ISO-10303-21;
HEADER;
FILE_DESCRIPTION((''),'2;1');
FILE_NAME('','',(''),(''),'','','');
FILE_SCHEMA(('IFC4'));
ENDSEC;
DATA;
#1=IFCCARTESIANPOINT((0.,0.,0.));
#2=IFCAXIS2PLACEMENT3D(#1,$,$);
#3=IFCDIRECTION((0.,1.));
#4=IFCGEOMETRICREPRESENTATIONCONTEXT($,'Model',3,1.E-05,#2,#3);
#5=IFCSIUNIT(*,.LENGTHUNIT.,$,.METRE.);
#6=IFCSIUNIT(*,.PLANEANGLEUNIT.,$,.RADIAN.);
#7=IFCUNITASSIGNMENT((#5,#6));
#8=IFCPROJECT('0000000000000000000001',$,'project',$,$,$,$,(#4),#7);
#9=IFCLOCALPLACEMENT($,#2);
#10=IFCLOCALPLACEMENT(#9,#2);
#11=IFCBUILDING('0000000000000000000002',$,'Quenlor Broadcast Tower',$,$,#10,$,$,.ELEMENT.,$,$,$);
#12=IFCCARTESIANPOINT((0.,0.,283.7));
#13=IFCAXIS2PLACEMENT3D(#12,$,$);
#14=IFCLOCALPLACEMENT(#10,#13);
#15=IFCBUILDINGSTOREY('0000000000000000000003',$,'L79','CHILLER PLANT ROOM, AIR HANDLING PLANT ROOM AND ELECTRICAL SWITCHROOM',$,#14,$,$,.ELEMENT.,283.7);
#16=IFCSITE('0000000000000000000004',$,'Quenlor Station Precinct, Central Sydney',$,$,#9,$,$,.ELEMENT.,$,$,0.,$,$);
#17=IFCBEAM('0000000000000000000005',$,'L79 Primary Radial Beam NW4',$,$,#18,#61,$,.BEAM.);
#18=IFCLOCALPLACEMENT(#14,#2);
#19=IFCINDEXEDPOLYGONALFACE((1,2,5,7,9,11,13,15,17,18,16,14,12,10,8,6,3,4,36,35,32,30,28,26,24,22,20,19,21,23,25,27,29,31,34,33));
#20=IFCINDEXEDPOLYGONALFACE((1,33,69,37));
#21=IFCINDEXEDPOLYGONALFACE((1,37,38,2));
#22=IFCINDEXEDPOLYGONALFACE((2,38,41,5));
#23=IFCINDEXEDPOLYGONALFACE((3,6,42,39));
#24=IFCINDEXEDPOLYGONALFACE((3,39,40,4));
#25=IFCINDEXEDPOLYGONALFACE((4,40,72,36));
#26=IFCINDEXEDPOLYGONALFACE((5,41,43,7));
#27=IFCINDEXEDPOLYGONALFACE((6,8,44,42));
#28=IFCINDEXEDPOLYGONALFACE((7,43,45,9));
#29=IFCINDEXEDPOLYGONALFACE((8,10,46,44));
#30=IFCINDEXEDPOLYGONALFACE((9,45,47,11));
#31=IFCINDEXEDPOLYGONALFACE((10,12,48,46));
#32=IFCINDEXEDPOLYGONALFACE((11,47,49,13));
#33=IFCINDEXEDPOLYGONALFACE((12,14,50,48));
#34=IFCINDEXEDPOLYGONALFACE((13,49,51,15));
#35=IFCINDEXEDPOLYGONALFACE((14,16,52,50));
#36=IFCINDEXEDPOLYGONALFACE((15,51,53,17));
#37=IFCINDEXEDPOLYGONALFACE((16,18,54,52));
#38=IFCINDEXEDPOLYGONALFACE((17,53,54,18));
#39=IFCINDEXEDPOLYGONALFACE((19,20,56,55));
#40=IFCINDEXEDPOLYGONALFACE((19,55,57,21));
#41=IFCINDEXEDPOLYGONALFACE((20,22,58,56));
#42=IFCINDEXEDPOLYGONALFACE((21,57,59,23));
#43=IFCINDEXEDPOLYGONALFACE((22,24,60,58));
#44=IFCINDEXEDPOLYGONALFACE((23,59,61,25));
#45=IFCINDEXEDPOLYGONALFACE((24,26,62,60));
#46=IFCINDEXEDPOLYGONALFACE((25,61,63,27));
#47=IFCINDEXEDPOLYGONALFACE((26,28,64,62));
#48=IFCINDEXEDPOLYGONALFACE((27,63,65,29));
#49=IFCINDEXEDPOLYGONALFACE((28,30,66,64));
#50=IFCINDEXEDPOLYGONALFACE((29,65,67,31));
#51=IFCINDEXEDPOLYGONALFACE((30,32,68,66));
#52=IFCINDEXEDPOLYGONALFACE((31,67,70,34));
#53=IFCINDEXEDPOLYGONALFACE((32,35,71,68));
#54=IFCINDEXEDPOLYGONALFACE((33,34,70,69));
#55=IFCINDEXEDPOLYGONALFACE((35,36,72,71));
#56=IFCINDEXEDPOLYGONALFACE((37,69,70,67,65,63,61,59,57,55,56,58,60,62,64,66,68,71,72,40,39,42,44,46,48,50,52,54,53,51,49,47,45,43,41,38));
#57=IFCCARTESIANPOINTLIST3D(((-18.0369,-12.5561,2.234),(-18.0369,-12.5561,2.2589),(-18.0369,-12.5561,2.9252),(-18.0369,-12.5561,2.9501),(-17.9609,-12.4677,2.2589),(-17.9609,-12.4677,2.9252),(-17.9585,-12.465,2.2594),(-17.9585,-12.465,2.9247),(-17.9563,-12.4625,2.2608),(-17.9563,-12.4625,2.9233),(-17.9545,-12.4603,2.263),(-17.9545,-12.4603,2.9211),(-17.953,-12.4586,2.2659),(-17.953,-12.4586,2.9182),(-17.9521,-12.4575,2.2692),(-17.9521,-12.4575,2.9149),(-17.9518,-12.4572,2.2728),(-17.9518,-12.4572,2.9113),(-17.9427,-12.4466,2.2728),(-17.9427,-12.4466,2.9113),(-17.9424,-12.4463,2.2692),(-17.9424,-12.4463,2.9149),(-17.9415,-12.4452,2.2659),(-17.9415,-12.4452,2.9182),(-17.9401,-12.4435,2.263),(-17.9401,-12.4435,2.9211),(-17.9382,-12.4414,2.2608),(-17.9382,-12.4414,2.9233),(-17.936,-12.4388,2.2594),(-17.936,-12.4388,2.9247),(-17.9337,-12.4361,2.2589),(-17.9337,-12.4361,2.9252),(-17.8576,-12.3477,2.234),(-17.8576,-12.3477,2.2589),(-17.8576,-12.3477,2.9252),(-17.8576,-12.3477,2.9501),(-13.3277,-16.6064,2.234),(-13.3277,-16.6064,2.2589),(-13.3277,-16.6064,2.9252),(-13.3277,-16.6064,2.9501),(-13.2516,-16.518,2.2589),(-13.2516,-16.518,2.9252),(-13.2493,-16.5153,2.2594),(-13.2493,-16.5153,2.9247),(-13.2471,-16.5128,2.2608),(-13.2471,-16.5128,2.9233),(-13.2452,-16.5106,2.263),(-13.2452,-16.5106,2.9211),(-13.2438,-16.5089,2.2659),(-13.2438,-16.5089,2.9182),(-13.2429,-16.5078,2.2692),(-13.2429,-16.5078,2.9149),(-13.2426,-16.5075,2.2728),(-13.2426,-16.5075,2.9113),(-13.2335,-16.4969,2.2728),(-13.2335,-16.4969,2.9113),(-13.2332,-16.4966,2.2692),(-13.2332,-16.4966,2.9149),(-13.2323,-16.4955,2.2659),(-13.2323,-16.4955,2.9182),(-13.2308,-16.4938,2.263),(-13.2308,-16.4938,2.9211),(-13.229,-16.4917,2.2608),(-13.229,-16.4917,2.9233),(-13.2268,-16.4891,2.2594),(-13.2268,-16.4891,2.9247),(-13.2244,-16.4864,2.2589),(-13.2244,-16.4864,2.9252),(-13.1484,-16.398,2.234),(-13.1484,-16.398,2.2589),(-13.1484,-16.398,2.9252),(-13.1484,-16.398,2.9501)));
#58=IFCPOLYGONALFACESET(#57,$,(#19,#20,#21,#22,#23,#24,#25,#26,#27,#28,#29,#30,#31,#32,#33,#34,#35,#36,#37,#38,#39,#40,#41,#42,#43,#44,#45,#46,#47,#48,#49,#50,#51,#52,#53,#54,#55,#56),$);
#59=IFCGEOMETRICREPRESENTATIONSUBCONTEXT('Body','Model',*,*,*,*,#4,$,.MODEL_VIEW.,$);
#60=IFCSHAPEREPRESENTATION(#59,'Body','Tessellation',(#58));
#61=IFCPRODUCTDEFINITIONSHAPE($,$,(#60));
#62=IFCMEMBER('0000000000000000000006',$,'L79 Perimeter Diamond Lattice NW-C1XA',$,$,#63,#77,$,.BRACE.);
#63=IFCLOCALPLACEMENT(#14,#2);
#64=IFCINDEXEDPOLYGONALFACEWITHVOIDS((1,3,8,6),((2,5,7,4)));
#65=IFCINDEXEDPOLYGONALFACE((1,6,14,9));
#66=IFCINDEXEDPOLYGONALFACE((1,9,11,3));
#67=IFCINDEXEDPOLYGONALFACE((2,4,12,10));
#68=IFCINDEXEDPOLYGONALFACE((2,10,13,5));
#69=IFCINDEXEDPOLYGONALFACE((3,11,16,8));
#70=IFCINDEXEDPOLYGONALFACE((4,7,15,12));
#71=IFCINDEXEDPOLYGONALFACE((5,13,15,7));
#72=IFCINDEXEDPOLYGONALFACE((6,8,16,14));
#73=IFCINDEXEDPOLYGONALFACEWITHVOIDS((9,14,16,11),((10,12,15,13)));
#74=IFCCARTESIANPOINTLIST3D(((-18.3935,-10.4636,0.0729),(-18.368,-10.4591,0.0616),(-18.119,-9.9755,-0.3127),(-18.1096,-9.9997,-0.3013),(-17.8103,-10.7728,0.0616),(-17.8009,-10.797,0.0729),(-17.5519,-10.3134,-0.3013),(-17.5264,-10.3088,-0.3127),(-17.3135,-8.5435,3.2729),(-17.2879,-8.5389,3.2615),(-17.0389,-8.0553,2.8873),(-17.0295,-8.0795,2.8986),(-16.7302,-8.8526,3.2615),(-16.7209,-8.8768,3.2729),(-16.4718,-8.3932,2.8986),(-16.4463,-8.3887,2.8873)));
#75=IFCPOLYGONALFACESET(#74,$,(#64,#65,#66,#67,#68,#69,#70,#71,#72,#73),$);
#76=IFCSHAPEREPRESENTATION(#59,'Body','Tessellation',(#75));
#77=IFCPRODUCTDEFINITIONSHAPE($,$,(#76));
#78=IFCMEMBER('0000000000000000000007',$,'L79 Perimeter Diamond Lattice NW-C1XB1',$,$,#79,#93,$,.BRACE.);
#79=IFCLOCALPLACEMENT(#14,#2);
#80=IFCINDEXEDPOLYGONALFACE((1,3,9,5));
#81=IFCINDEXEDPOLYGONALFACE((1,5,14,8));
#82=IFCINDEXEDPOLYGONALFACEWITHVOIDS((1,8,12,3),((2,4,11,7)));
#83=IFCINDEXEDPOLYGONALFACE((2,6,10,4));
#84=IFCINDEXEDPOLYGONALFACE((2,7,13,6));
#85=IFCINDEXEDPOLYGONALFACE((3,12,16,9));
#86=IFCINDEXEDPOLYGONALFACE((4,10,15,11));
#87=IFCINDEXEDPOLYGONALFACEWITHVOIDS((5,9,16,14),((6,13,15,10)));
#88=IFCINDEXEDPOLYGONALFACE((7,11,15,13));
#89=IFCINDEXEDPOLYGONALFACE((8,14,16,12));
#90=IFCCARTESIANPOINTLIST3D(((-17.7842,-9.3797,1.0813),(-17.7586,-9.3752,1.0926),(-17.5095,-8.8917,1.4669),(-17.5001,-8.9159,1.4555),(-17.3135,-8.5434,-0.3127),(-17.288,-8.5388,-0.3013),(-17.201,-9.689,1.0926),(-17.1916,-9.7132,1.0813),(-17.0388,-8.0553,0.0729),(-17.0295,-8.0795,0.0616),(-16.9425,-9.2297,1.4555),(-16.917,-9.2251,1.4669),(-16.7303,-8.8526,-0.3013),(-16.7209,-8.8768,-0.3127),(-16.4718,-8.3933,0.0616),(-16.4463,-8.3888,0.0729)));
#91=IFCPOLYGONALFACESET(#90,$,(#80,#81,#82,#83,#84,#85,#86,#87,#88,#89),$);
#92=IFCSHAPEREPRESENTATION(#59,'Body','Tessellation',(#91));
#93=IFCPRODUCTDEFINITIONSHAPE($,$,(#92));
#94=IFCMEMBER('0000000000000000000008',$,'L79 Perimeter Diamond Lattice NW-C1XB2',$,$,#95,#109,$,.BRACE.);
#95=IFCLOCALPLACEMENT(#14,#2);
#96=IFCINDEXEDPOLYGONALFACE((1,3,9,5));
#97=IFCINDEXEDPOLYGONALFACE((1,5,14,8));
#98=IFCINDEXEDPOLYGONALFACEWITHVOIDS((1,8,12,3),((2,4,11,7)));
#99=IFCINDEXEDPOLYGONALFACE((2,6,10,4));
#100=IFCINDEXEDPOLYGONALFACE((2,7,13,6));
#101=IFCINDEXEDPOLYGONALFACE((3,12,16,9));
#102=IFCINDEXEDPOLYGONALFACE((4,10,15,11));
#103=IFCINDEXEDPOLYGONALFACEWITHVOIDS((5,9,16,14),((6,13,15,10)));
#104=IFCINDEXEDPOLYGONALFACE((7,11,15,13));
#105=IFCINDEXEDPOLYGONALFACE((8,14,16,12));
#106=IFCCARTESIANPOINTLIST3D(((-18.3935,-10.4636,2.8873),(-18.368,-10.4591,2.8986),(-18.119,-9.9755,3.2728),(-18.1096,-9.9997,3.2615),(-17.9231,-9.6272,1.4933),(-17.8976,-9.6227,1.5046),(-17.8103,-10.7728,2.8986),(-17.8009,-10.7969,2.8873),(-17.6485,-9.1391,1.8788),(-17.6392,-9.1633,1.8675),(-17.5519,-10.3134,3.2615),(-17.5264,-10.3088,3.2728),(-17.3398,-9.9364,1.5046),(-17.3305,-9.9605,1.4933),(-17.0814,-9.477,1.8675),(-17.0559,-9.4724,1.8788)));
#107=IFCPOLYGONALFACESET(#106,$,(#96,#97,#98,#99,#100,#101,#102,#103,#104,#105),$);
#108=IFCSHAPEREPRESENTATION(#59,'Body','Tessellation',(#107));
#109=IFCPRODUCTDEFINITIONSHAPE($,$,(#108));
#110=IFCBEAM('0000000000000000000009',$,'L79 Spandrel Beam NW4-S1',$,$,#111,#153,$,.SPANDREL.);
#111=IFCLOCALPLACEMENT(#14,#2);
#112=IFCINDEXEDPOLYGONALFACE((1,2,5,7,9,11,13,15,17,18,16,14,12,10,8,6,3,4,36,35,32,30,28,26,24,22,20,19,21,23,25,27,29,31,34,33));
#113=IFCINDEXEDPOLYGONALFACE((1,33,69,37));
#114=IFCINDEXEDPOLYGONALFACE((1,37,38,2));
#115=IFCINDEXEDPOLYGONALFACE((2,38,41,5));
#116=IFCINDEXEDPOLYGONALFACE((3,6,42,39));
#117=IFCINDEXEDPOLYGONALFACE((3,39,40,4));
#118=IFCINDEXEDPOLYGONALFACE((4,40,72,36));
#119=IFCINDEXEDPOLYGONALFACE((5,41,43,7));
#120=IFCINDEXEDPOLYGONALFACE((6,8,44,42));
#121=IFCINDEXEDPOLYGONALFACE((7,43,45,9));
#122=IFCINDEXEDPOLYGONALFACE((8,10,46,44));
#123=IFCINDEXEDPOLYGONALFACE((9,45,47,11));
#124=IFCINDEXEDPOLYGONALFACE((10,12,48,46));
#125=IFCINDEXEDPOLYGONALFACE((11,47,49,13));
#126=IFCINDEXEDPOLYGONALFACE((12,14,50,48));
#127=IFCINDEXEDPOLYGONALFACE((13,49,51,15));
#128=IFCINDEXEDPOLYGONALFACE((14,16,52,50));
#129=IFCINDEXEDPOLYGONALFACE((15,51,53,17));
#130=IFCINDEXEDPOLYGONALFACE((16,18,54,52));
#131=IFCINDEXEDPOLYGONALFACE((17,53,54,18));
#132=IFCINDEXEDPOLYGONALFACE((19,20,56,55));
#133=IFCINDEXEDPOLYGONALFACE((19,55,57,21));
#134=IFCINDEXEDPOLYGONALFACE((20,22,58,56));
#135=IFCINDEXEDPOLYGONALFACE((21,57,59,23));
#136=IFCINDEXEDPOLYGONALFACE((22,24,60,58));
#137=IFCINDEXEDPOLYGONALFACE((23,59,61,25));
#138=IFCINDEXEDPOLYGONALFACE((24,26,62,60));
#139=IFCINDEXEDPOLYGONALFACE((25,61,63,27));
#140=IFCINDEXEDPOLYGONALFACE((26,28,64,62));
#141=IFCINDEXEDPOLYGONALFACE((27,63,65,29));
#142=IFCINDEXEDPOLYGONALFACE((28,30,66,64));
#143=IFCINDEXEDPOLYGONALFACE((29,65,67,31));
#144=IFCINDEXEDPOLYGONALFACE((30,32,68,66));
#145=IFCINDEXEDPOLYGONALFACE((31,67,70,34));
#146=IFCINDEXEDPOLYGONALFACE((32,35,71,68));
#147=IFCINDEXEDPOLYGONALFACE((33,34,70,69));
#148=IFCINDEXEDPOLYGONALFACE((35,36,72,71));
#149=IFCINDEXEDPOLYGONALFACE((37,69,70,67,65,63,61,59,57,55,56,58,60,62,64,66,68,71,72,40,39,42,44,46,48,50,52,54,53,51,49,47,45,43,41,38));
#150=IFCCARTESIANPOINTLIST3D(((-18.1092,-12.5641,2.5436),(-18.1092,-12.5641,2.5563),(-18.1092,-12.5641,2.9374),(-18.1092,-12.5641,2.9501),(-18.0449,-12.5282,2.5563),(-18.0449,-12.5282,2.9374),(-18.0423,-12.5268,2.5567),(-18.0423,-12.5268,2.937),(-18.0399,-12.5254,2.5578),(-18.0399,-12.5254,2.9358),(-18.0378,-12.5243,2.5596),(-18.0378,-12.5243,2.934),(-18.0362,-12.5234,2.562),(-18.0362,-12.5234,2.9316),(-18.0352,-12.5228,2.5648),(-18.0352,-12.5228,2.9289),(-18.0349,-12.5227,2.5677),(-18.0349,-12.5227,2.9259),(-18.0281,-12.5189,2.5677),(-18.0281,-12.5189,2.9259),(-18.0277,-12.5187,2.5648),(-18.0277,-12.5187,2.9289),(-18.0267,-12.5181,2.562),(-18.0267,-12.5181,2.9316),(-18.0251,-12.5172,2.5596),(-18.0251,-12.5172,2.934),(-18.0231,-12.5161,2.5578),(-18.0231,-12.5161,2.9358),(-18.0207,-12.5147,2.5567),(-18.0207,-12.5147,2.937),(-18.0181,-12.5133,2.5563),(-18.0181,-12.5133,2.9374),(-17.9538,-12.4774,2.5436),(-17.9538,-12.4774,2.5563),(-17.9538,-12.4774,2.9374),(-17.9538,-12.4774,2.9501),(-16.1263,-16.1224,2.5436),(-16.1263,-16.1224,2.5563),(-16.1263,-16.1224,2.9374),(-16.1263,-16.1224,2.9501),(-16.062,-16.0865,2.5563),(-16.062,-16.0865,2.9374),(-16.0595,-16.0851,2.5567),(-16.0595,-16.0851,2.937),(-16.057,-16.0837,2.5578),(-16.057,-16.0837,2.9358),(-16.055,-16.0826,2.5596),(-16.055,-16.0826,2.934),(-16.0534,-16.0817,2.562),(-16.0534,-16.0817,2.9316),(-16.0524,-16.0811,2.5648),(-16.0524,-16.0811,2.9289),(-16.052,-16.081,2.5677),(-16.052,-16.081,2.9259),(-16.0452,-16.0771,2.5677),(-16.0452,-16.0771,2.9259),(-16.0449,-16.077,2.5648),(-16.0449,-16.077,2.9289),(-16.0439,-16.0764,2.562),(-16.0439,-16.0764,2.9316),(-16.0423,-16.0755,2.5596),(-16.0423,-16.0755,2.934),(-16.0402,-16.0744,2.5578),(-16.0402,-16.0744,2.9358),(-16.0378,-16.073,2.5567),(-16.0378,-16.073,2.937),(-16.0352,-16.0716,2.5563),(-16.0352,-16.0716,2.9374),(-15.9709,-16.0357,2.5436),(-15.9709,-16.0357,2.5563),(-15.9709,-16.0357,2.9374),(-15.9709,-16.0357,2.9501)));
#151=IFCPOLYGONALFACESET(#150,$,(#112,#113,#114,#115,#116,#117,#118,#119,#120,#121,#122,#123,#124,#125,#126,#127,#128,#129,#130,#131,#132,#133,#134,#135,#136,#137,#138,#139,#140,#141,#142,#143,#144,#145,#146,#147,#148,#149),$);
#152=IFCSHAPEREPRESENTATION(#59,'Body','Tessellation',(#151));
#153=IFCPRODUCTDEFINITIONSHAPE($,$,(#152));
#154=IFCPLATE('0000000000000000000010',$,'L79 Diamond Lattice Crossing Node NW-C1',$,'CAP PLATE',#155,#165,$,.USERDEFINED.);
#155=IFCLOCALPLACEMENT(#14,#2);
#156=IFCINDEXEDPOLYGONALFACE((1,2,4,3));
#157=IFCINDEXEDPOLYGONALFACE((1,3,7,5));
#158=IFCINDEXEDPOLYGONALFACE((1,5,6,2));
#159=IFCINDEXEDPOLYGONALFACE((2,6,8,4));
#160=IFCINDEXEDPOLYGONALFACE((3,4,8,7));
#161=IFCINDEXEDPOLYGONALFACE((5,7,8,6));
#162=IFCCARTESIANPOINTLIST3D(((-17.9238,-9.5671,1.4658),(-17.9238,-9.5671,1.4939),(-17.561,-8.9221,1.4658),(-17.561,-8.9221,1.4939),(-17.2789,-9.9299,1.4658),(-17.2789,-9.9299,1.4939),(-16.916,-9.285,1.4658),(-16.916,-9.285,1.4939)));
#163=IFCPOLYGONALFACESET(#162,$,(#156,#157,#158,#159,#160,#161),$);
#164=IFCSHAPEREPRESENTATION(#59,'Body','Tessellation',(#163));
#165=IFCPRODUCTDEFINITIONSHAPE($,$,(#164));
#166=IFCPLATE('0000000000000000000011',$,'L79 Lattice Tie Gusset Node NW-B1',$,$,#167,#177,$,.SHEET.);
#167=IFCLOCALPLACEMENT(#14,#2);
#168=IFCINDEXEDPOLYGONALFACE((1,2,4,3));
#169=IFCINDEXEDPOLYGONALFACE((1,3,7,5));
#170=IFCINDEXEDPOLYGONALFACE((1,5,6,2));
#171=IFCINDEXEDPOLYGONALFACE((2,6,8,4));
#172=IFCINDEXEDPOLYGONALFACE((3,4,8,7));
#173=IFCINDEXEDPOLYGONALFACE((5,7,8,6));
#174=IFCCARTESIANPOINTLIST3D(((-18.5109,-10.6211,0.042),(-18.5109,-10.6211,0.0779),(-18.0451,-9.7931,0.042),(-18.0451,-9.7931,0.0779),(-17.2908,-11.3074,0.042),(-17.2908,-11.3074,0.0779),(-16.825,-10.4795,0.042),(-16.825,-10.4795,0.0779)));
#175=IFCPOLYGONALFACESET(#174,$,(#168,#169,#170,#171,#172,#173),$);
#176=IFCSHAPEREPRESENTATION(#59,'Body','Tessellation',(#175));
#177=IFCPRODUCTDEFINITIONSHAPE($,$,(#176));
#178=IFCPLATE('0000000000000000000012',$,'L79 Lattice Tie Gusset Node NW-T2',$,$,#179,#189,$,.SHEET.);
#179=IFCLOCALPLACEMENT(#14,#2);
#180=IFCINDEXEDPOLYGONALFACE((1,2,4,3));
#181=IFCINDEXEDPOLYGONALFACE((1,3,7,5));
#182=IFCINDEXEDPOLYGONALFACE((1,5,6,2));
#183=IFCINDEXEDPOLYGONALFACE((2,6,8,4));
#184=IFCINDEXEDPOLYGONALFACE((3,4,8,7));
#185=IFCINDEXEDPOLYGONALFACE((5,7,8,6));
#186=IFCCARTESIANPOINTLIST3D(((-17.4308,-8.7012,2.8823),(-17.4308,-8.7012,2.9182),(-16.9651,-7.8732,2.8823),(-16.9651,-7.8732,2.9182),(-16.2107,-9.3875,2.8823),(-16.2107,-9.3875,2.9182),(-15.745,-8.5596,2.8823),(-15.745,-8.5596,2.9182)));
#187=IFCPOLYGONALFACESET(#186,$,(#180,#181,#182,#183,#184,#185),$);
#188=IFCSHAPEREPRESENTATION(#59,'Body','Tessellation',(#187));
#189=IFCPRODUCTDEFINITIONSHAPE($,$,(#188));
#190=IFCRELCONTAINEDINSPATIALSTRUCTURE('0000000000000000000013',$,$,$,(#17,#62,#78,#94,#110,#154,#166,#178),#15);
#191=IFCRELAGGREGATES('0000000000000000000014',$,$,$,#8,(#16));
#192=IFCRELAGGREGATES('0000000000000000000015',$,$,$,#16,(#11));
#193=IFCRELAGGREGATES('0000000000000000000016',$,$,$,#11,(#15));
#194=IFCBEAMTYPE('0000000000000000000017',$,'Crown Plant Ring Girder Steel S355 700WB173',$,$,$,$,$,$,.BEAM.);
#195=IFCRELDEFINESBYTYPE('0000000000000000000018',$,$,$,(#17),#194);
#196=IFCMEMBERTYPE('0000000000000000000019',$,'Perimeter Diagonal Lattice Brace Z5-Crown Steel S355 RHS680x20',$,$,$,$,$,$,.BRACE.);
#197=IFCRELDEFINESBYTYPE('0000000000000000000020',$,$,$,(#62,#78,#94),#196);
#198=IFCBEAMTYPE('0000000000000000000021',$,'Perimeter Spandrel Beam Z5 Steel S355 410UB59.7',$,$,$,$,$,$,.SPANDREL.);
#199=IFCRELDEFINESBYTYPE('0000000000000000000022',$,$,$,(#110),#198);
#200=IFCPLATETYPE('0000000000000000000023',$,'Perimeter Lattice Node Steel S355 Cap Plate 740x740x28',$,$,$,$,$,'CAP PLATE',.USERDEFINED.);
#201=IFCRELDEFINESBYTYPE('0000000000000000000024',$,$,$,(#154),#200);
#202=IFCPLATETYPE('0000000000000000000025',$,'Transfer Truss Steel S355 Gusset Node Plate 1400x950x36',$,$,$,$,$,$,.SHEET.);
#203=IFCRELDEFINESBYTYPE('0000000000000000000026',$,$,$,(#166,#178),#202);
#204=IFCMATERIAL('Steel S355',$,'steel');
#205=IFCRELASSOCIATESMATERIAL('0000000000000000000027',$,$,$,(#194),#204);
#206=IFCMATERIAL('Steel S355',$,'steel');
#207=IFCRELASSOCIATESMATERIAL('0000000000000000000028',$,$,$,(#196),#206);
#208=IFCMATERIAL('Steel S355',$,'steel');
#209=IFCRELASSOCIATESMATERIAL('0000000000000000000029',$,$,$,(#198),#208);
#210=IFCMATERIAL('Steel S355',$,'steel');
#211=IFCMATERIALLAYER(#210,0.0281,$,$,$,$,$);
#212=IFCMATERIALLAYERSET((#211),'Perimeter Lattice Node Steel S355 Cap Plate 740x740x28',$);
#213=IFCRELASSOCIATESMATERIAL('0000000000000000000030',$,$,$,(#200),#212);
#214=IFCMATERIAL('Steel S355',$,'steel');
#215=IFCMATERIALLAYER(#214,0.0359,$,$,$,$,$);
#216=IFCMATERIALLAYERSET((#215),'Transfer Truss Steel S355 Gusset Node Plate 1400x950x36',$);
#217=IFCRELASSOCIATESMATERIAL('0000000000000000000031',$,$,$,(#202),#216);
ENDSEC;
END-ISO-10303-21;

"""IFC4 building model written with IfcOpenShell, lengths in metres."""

from ifc_helpers import new_model, si_unit, direction, frame, origin, origin_2d, place, context, subcontext, project, spatial, rectangle, hollow_rectangle, i_section, extrude, material, layer, layer_set, material_profile, profile_set, type_object, element, save


model = new_model("IFC4")

# Units and contexts
model_context = context("Model", 3, precision=1e-05, world=origin(), true_north=direction((0.0, 1.0)))
body_context = subcontext(model_context, "Body", "Model", "MODEL_VIEW")
ifc_project = project(units=[si_unit("LENGTHUNIT", "METRE"), si_unit("PLANEANGLEUNIT", "RADIAN")], contexts=[model_context])

# Site, building, storey
site_placement = place(None, origin())
site = spatial("IfcSite", under=ifc_project, at=site_placement, Name="Quenlor Station Precinct, Central Sydney", CompositionType="ELEMENT", RefElevation=0.0)
building_placement = place(site_placement, origin())
building = spatial("IfcBuilding", under=site, at=building_placement, Name="Quenlor Broadcast Tower", CompositionType="ELEMENT")
storey_placement = place(building_placement, frame((0.0, 0.0, 283.7)))
storey = spatial("IfcBuildingStorey", under=building, at=storey_placement, Name="L79", Description="CHILLER PLANT ROOM, AIR HANDLING PLANT ROOM AND ELECTRICAL SWITCHROOM", CompositionType="ELEMENT", Elevation=283.7)

# Beam
ifc_material_1 = material(Name="Steel S355", Category="steel")
ifc_material_profile_1 = material_profile(ifc_material_1, i_section(OverallWidth=0.2749, OverallDepth=0.7161, WebThickness=0.0139, FlangeThickness=0.0249, FilletRadius=0.0139, at=origin_2d()))
ifc_profile_set_1 = profile_set([ifc_material_profile_1], Name="Steel S355 700WB173")
beam_type_1 = type_object("IfcBeamType", Name="Crown Plant Ring Girder Steel S355 700WB173", PredefinedType="BEAM", material=ifc_profile_set_1)
beam_1_placement = place(storey_placement, frame((-17.9473, -12.4519, 2.592), z_axis=(0.758157, -0.652072, 0.0), x_axis=(0.652072, 0.758157, 0.0)))
element("IfcBeam", 1, at=beam_1_placement, inside=storey, type_object=beam_type_1, Name="L79 Primary Radial Beam NW4", PredefinedType="BEAM", context=body_context, shape_type="SweptSolid", body=[
    extrude(i_section(OverallWidth=0.2749, OverallDepth=0.7161, WebThickness=0.0139, FlangeThickness=0.0249, FilletRadius=0.0139, at=origin_2d()), origin(), (0.0, 0.0, 1.0), 6.2114),
])

# Members
ifc_material_2 = material(Name="Steel S355", Category="steel")
ifc_material_profile_2 = material_profile(ifc_material_2, hollow_rectangle(XDim=0.6799, YDim=0.6799, WallThickness=0.02, at=origin_2d()))
ifc_profile_set_2 = profile_set([ifc_material_profile_2], Name="Steel S355 RHS680x680x20")
member_type = type_object("IfcMemberType", Name="Perimeter Diagonal Lattice Brace Z5-Crown Steel S355 RHS680x20", PredefinedType="BRACE", material=ifc_profile_set_2)
member_placement = place(storey_placement, frame((-17.96, -10.3862, -0.1199), z_axis=(0.278012, 0.49425, 0.823666), x_axis=(-0.871578, 0.490256, 0.0)))
element("IfcMember", 2, at=member_placement, inside=storey, type_object=member_type, Name="L79 Perimeter Diamond Lattice NW-C1XA", PredefinedType="BRACE", context=body_context, shape_type="SweptSolid", body=[
    extrude(hollow_rectangle(XDim=0.6799, YDim=0.6799, WallThickness=0.02, at=origin_2d()), origin(), (0.0, 0.0, 1.0), 3.885),
])
for number, where, z_axis, x_axis, name in (
    (3, (-16.8799, -8.4661, -0.1199), (-0.278113, -0.494198, 0.823664), (0.87148, -0.49043, 0.0), "L79 Perimeter Diamond Lattice NW-C1XB1"),
    (4, (-17.4895, -9.5498, 1.686), (-0.27798, -0.494218, 0.823697), (0.871589, -0.490237, 0.0), "L79 Perimeter Diamond Lattice NW-C1XB2"),
):
    element("IfcMember", number, at=place(storey_placement, frame(where, z_axis=z_axis, x_axis=x_axis)), inside=storey, type_object=member_type, Name=name, PredefinedType="BRACE", context=body_context, shape_type="SweptSolid", body=[
        extrude(hollow_rectangle(XDim=0.6799, YDim=0.6799, WallThickness=0.02, at=origin_2d()), origin(), (0.0, 0.0, 1.0), 1.6924),
    ])

# Beam
ifc_material_3 = material(Name="Steel S355", Category="steel")
ifc_material_profile_3 = material_profile(ifc_material_3, i_section(OverallWidth=0.178, OverallDepth=0.4065, WebThickness=0.0078, FlangeThickness=0.0127, FilletRadius=0.0115, at=origin_2d()))
ifc_profile_set_3 = profile_set([ifc_material_profile_3], Name="Steel S355 410UB59.7")
beam_type_2 = type_object("IfcBeamType", Name="Perimeter Spandrel Beam Z5 Steel S355 410UB59.7", PredefinedType="SPANDREL", material=ifc_profile_set_3)
beam_2_placement = place(storey_placement, frame((-18.0315, -12.5208, 2.7468), z_axis=(0.486777, -0.873526, 0.0), x_axis=(0.873526, 0.486777, 0.0)))
element("IfcBeam", 5, at=beam_2_placement, inside=storey, type_object=beam_type_2, Name="L79 Spandrel Beam NW4-S1", PredefinedType="SPANDREL", context=body_context, shape_type="SweptSolid", body=[
    extrude(i_section(OverallWidth=0.178, OverallDepth=0.4065, WebThickness=0.0078, FlangeThickness=0.0127, FilletRadius=0.0115, at=origin_2d()), origin(), (0.0, 0.0, 1.0), 4.0735),
])

# Plates
ifc_material_4 = material(Name="Steel S355", Category="steel")
ifc_layer_1 = layer(ifc_material_4, 0.0281)
ifc_layer_set_1 = layer_set([ifc_layer_1], Name="Perimeter Lattice Node Steel S355 Cap Plate 740x740x28")
plate_type_1 = type_object("IfcPlateType", Name="Perimeter Lattice Node Steel S355 Cap Plate 740x740x28", ElementType="CAP PLATE", PredefinedType="USERDEFINED", material=ifc_layer_set_1)
plate_placement = place(storey_placement, frame((-17.4199, -9.426, 1.4658), z_axis=(0.0, 0.0, 1.0), x_axis=(0.490295, 0.871556, 0.0)))
element("IfcPlate", 6, at=plate_placement, inside=storey, type_object=plate_type_1, Name="L79 Diamond Lattice Crossing Node NW-C1", ObjectType="CAP PLATE", PredefinedType="USERDEFINED", context=body_context, shape_type="SweptSolid", body=[
    extrude(rectangle(XDim=0.74, YDim=0.74, at=origin_2d()), origin(), (0.0, 0.0, 1.0), 0.0281),
])
ifc_material_5 = material(Name="Steel S355", Category="steel")
ifc_layer_2 = layer(ifc_material_5, 0.0359)
ifc_layer_set_2 = layer_set([ifc_layer_2], Name="Transfer Truss Steel S355 Gusset Node Plate 1400x950x36")
plate_type_2 = type_object("IfcPlateType", Name="Transfer Truss Steel S355 Gusset Node Plate 1400x950x36", PredefinedType="SHEET", material=ifc_layer_set_2)
for number, where, z_axis, x_axis, name in (
    (7, (-17.668, -10.5503, 0.042), (0.0, 0.0, 1.0), (-0.871556, 0.490295, 0.0), "L79 Lattice Tie Gusset Node NW-B1"),
    (8, (-16.5879, -8.6304, 2.8823), (0.0, 0.0, 1.0), (-0.871556, 0.490295, 0.0), "L79 Lattice Tie Gusset Node NW-T2"),
):
    element("IfcPlate", number, at=place(storey_placement, frame(where, z_axis=z_axis, x_axis=x_axis)), inside=storey, type_object=plate_type_2, Name=name, PredefinedType="SHEET", context=body_context, shape_type="SweptSolid", body=[
        extrude(rectangle(XDim=1.3999, YDim=0.95, at=origin_2d()), origin(), (0.0, 0.0, 1.0), 0.0359),
    ])

save(model, "model.ifc")
